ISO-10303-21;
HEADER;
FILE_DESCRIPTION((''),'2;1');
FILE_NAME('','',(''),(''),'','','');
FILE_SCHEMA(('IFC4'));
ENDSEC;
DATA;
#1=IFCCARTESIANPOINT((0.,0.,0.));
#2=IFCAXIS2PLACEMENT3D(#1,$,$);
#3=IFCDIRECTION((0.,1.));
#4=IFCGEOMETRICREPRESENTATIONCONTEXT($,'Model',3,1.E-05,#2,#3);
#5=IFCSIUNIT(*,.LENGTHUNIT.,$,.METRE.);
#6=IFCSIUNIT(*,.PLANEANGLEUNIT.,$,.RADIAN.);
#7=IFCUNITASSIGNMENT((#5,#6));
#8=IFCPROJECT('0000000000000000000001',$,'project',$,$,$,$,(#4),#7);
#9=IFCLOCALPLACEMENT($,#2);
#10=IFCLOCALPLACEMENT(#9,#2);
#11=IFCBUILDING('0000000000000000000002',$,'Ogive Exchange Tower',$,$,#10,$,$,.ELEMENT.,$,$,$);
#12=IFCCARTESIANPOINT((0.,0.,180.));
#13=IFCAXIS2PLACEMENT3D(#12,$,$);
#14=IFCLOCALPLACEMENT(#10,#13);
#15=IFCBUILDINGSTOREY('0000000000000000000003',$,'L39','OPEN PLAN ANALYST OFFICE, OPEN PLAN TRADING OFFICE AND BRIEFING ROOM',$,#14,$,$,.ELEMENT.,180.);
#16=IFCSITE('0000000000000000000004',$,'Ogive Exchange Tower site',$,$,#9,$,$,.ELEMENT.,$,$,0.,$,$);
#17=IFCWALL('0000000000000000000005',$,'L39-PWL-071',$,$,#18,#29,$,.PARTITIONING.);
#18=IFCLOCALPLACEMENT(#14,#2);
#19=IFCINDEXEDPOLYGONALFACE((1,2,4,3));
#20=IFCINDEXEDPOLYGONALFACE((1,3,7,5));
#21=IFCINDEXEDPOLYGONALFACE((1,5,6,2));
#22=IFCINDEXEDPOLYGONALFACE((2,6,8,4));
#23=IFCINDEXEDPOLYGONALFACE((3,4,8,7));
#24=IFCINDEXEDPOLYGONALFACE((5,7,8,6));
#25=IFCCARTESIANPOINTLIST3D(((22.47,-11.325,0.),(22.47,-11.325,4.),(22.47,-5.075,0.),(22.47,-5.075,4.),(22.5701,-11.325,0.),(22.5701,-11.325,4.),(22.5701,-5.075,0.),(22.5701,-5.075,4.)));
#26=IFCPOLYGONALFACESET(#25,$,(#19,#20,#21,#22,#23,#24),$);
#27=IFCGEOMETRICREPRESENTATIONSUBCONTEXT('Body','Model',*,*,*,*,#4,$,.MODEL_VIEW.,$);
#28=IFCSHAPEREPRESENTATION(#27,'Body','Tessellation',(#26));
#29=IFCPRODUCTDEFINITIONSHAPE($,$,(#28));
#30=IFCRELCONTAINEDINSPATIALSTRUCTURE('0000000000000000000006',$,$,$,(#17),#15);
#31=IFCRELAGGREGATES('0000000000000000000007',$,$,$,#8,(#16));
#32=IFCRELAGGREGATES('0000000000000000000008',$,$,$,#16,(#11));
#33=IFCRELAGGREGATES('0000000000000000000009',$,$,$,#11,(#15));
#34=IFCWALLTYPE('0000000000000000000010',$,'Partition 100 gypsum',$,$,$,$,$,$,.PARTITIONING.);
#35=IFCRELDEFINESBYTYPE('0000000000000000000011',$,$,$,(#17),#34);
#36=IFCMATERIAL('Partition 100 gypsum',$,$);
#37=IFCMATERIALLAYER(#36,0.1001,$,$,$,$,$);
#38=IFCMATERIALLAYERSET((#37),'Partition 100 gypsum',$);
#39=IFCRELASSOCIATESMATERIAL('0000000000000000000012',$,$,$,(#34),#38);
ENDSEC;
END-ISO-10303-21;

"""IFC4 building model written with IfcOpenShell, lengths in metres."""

from ifc_helpers import new_model, si_unit, direction, frame, frame_2d, origin, place, context, subcontext, project, spatial, rectangle, extrude, material, layer, layer_set, type_object, element, save


model = new_model("IFC4")

# Units and contexts
model_context = context("Model", 3, precision=1e-05, world=origin(), true_north=direction((0.0, 1.0)))
body_context = subcontext(model_context, "Body", "Model", "MODEL_VIEW")
ifc_project = project(units=[si_unit("LENGTHUNIT", "METRE"), si_unit("PLANEANGLEUNIT", "RADIAN")], contexts=[model_context])

# Site, building, storey
site_placement = place(None, origin())
site = spatial("IfcSite", under=ifc_project, at=site_placement, Name="Ogive Exchange Tower site", CompositionType="ELEMENT", RefElevation=0.0)
building_placement = place(site_placement, origin())
building = spatial("IfcBuilding", under=site, at=building_placement, Name="Ogive Exchange Tower", CompositionType="ELEMENT")
storey_placement = place(building_placement, frame((0.0, 0.0, 180.0)))
storey = spatial("IfcBuildingStorey", under=building, at=storey_placement, Name="L39", Description="OPEN PLAN ANALYST OFFICE, OPEN PLAN TRADING OFFICE AND BRIEFING ROOM", CompositionType="ELEMENT", Elevation=180.0)

# Wall
ifc_material_1 = material(Name="Partition 100 gypsum")
ifc_layer_1 = layer(ifc_material_1, 0.1001)
ifc_layer_set_1 = layer_set([ifc_layer_1], Name="Partition 100 gypsum")
wall_type_1 = type_object("IfcWallType", Name="Partition 100 gypsum", PredefinedType="PARTITIONING", material=ifc_layer_set_1)
wall_1_placement = place(storey_placement, frame((22.52, -5.075, 0.0), z_axis=(0.0, 0.0, 1.0), x_axis=(0.0, -1.0, 0.0)))
element("IfcWall", 1, at=wall_1_placement, inside=storey, type_object=wall_type_1, Name="L39-PWL-071", PredefinedType="PARTITIONING", context=body_context, shape_type="SweptSolid", body=[
    extrude(rectangle(XDim=6.25, YDim=0.1001, at=frame_2d((3.125, 0.0))), origin(), (0.0, 0.0, 1.0), 4.0),
])

save(model, "model.ifc")
